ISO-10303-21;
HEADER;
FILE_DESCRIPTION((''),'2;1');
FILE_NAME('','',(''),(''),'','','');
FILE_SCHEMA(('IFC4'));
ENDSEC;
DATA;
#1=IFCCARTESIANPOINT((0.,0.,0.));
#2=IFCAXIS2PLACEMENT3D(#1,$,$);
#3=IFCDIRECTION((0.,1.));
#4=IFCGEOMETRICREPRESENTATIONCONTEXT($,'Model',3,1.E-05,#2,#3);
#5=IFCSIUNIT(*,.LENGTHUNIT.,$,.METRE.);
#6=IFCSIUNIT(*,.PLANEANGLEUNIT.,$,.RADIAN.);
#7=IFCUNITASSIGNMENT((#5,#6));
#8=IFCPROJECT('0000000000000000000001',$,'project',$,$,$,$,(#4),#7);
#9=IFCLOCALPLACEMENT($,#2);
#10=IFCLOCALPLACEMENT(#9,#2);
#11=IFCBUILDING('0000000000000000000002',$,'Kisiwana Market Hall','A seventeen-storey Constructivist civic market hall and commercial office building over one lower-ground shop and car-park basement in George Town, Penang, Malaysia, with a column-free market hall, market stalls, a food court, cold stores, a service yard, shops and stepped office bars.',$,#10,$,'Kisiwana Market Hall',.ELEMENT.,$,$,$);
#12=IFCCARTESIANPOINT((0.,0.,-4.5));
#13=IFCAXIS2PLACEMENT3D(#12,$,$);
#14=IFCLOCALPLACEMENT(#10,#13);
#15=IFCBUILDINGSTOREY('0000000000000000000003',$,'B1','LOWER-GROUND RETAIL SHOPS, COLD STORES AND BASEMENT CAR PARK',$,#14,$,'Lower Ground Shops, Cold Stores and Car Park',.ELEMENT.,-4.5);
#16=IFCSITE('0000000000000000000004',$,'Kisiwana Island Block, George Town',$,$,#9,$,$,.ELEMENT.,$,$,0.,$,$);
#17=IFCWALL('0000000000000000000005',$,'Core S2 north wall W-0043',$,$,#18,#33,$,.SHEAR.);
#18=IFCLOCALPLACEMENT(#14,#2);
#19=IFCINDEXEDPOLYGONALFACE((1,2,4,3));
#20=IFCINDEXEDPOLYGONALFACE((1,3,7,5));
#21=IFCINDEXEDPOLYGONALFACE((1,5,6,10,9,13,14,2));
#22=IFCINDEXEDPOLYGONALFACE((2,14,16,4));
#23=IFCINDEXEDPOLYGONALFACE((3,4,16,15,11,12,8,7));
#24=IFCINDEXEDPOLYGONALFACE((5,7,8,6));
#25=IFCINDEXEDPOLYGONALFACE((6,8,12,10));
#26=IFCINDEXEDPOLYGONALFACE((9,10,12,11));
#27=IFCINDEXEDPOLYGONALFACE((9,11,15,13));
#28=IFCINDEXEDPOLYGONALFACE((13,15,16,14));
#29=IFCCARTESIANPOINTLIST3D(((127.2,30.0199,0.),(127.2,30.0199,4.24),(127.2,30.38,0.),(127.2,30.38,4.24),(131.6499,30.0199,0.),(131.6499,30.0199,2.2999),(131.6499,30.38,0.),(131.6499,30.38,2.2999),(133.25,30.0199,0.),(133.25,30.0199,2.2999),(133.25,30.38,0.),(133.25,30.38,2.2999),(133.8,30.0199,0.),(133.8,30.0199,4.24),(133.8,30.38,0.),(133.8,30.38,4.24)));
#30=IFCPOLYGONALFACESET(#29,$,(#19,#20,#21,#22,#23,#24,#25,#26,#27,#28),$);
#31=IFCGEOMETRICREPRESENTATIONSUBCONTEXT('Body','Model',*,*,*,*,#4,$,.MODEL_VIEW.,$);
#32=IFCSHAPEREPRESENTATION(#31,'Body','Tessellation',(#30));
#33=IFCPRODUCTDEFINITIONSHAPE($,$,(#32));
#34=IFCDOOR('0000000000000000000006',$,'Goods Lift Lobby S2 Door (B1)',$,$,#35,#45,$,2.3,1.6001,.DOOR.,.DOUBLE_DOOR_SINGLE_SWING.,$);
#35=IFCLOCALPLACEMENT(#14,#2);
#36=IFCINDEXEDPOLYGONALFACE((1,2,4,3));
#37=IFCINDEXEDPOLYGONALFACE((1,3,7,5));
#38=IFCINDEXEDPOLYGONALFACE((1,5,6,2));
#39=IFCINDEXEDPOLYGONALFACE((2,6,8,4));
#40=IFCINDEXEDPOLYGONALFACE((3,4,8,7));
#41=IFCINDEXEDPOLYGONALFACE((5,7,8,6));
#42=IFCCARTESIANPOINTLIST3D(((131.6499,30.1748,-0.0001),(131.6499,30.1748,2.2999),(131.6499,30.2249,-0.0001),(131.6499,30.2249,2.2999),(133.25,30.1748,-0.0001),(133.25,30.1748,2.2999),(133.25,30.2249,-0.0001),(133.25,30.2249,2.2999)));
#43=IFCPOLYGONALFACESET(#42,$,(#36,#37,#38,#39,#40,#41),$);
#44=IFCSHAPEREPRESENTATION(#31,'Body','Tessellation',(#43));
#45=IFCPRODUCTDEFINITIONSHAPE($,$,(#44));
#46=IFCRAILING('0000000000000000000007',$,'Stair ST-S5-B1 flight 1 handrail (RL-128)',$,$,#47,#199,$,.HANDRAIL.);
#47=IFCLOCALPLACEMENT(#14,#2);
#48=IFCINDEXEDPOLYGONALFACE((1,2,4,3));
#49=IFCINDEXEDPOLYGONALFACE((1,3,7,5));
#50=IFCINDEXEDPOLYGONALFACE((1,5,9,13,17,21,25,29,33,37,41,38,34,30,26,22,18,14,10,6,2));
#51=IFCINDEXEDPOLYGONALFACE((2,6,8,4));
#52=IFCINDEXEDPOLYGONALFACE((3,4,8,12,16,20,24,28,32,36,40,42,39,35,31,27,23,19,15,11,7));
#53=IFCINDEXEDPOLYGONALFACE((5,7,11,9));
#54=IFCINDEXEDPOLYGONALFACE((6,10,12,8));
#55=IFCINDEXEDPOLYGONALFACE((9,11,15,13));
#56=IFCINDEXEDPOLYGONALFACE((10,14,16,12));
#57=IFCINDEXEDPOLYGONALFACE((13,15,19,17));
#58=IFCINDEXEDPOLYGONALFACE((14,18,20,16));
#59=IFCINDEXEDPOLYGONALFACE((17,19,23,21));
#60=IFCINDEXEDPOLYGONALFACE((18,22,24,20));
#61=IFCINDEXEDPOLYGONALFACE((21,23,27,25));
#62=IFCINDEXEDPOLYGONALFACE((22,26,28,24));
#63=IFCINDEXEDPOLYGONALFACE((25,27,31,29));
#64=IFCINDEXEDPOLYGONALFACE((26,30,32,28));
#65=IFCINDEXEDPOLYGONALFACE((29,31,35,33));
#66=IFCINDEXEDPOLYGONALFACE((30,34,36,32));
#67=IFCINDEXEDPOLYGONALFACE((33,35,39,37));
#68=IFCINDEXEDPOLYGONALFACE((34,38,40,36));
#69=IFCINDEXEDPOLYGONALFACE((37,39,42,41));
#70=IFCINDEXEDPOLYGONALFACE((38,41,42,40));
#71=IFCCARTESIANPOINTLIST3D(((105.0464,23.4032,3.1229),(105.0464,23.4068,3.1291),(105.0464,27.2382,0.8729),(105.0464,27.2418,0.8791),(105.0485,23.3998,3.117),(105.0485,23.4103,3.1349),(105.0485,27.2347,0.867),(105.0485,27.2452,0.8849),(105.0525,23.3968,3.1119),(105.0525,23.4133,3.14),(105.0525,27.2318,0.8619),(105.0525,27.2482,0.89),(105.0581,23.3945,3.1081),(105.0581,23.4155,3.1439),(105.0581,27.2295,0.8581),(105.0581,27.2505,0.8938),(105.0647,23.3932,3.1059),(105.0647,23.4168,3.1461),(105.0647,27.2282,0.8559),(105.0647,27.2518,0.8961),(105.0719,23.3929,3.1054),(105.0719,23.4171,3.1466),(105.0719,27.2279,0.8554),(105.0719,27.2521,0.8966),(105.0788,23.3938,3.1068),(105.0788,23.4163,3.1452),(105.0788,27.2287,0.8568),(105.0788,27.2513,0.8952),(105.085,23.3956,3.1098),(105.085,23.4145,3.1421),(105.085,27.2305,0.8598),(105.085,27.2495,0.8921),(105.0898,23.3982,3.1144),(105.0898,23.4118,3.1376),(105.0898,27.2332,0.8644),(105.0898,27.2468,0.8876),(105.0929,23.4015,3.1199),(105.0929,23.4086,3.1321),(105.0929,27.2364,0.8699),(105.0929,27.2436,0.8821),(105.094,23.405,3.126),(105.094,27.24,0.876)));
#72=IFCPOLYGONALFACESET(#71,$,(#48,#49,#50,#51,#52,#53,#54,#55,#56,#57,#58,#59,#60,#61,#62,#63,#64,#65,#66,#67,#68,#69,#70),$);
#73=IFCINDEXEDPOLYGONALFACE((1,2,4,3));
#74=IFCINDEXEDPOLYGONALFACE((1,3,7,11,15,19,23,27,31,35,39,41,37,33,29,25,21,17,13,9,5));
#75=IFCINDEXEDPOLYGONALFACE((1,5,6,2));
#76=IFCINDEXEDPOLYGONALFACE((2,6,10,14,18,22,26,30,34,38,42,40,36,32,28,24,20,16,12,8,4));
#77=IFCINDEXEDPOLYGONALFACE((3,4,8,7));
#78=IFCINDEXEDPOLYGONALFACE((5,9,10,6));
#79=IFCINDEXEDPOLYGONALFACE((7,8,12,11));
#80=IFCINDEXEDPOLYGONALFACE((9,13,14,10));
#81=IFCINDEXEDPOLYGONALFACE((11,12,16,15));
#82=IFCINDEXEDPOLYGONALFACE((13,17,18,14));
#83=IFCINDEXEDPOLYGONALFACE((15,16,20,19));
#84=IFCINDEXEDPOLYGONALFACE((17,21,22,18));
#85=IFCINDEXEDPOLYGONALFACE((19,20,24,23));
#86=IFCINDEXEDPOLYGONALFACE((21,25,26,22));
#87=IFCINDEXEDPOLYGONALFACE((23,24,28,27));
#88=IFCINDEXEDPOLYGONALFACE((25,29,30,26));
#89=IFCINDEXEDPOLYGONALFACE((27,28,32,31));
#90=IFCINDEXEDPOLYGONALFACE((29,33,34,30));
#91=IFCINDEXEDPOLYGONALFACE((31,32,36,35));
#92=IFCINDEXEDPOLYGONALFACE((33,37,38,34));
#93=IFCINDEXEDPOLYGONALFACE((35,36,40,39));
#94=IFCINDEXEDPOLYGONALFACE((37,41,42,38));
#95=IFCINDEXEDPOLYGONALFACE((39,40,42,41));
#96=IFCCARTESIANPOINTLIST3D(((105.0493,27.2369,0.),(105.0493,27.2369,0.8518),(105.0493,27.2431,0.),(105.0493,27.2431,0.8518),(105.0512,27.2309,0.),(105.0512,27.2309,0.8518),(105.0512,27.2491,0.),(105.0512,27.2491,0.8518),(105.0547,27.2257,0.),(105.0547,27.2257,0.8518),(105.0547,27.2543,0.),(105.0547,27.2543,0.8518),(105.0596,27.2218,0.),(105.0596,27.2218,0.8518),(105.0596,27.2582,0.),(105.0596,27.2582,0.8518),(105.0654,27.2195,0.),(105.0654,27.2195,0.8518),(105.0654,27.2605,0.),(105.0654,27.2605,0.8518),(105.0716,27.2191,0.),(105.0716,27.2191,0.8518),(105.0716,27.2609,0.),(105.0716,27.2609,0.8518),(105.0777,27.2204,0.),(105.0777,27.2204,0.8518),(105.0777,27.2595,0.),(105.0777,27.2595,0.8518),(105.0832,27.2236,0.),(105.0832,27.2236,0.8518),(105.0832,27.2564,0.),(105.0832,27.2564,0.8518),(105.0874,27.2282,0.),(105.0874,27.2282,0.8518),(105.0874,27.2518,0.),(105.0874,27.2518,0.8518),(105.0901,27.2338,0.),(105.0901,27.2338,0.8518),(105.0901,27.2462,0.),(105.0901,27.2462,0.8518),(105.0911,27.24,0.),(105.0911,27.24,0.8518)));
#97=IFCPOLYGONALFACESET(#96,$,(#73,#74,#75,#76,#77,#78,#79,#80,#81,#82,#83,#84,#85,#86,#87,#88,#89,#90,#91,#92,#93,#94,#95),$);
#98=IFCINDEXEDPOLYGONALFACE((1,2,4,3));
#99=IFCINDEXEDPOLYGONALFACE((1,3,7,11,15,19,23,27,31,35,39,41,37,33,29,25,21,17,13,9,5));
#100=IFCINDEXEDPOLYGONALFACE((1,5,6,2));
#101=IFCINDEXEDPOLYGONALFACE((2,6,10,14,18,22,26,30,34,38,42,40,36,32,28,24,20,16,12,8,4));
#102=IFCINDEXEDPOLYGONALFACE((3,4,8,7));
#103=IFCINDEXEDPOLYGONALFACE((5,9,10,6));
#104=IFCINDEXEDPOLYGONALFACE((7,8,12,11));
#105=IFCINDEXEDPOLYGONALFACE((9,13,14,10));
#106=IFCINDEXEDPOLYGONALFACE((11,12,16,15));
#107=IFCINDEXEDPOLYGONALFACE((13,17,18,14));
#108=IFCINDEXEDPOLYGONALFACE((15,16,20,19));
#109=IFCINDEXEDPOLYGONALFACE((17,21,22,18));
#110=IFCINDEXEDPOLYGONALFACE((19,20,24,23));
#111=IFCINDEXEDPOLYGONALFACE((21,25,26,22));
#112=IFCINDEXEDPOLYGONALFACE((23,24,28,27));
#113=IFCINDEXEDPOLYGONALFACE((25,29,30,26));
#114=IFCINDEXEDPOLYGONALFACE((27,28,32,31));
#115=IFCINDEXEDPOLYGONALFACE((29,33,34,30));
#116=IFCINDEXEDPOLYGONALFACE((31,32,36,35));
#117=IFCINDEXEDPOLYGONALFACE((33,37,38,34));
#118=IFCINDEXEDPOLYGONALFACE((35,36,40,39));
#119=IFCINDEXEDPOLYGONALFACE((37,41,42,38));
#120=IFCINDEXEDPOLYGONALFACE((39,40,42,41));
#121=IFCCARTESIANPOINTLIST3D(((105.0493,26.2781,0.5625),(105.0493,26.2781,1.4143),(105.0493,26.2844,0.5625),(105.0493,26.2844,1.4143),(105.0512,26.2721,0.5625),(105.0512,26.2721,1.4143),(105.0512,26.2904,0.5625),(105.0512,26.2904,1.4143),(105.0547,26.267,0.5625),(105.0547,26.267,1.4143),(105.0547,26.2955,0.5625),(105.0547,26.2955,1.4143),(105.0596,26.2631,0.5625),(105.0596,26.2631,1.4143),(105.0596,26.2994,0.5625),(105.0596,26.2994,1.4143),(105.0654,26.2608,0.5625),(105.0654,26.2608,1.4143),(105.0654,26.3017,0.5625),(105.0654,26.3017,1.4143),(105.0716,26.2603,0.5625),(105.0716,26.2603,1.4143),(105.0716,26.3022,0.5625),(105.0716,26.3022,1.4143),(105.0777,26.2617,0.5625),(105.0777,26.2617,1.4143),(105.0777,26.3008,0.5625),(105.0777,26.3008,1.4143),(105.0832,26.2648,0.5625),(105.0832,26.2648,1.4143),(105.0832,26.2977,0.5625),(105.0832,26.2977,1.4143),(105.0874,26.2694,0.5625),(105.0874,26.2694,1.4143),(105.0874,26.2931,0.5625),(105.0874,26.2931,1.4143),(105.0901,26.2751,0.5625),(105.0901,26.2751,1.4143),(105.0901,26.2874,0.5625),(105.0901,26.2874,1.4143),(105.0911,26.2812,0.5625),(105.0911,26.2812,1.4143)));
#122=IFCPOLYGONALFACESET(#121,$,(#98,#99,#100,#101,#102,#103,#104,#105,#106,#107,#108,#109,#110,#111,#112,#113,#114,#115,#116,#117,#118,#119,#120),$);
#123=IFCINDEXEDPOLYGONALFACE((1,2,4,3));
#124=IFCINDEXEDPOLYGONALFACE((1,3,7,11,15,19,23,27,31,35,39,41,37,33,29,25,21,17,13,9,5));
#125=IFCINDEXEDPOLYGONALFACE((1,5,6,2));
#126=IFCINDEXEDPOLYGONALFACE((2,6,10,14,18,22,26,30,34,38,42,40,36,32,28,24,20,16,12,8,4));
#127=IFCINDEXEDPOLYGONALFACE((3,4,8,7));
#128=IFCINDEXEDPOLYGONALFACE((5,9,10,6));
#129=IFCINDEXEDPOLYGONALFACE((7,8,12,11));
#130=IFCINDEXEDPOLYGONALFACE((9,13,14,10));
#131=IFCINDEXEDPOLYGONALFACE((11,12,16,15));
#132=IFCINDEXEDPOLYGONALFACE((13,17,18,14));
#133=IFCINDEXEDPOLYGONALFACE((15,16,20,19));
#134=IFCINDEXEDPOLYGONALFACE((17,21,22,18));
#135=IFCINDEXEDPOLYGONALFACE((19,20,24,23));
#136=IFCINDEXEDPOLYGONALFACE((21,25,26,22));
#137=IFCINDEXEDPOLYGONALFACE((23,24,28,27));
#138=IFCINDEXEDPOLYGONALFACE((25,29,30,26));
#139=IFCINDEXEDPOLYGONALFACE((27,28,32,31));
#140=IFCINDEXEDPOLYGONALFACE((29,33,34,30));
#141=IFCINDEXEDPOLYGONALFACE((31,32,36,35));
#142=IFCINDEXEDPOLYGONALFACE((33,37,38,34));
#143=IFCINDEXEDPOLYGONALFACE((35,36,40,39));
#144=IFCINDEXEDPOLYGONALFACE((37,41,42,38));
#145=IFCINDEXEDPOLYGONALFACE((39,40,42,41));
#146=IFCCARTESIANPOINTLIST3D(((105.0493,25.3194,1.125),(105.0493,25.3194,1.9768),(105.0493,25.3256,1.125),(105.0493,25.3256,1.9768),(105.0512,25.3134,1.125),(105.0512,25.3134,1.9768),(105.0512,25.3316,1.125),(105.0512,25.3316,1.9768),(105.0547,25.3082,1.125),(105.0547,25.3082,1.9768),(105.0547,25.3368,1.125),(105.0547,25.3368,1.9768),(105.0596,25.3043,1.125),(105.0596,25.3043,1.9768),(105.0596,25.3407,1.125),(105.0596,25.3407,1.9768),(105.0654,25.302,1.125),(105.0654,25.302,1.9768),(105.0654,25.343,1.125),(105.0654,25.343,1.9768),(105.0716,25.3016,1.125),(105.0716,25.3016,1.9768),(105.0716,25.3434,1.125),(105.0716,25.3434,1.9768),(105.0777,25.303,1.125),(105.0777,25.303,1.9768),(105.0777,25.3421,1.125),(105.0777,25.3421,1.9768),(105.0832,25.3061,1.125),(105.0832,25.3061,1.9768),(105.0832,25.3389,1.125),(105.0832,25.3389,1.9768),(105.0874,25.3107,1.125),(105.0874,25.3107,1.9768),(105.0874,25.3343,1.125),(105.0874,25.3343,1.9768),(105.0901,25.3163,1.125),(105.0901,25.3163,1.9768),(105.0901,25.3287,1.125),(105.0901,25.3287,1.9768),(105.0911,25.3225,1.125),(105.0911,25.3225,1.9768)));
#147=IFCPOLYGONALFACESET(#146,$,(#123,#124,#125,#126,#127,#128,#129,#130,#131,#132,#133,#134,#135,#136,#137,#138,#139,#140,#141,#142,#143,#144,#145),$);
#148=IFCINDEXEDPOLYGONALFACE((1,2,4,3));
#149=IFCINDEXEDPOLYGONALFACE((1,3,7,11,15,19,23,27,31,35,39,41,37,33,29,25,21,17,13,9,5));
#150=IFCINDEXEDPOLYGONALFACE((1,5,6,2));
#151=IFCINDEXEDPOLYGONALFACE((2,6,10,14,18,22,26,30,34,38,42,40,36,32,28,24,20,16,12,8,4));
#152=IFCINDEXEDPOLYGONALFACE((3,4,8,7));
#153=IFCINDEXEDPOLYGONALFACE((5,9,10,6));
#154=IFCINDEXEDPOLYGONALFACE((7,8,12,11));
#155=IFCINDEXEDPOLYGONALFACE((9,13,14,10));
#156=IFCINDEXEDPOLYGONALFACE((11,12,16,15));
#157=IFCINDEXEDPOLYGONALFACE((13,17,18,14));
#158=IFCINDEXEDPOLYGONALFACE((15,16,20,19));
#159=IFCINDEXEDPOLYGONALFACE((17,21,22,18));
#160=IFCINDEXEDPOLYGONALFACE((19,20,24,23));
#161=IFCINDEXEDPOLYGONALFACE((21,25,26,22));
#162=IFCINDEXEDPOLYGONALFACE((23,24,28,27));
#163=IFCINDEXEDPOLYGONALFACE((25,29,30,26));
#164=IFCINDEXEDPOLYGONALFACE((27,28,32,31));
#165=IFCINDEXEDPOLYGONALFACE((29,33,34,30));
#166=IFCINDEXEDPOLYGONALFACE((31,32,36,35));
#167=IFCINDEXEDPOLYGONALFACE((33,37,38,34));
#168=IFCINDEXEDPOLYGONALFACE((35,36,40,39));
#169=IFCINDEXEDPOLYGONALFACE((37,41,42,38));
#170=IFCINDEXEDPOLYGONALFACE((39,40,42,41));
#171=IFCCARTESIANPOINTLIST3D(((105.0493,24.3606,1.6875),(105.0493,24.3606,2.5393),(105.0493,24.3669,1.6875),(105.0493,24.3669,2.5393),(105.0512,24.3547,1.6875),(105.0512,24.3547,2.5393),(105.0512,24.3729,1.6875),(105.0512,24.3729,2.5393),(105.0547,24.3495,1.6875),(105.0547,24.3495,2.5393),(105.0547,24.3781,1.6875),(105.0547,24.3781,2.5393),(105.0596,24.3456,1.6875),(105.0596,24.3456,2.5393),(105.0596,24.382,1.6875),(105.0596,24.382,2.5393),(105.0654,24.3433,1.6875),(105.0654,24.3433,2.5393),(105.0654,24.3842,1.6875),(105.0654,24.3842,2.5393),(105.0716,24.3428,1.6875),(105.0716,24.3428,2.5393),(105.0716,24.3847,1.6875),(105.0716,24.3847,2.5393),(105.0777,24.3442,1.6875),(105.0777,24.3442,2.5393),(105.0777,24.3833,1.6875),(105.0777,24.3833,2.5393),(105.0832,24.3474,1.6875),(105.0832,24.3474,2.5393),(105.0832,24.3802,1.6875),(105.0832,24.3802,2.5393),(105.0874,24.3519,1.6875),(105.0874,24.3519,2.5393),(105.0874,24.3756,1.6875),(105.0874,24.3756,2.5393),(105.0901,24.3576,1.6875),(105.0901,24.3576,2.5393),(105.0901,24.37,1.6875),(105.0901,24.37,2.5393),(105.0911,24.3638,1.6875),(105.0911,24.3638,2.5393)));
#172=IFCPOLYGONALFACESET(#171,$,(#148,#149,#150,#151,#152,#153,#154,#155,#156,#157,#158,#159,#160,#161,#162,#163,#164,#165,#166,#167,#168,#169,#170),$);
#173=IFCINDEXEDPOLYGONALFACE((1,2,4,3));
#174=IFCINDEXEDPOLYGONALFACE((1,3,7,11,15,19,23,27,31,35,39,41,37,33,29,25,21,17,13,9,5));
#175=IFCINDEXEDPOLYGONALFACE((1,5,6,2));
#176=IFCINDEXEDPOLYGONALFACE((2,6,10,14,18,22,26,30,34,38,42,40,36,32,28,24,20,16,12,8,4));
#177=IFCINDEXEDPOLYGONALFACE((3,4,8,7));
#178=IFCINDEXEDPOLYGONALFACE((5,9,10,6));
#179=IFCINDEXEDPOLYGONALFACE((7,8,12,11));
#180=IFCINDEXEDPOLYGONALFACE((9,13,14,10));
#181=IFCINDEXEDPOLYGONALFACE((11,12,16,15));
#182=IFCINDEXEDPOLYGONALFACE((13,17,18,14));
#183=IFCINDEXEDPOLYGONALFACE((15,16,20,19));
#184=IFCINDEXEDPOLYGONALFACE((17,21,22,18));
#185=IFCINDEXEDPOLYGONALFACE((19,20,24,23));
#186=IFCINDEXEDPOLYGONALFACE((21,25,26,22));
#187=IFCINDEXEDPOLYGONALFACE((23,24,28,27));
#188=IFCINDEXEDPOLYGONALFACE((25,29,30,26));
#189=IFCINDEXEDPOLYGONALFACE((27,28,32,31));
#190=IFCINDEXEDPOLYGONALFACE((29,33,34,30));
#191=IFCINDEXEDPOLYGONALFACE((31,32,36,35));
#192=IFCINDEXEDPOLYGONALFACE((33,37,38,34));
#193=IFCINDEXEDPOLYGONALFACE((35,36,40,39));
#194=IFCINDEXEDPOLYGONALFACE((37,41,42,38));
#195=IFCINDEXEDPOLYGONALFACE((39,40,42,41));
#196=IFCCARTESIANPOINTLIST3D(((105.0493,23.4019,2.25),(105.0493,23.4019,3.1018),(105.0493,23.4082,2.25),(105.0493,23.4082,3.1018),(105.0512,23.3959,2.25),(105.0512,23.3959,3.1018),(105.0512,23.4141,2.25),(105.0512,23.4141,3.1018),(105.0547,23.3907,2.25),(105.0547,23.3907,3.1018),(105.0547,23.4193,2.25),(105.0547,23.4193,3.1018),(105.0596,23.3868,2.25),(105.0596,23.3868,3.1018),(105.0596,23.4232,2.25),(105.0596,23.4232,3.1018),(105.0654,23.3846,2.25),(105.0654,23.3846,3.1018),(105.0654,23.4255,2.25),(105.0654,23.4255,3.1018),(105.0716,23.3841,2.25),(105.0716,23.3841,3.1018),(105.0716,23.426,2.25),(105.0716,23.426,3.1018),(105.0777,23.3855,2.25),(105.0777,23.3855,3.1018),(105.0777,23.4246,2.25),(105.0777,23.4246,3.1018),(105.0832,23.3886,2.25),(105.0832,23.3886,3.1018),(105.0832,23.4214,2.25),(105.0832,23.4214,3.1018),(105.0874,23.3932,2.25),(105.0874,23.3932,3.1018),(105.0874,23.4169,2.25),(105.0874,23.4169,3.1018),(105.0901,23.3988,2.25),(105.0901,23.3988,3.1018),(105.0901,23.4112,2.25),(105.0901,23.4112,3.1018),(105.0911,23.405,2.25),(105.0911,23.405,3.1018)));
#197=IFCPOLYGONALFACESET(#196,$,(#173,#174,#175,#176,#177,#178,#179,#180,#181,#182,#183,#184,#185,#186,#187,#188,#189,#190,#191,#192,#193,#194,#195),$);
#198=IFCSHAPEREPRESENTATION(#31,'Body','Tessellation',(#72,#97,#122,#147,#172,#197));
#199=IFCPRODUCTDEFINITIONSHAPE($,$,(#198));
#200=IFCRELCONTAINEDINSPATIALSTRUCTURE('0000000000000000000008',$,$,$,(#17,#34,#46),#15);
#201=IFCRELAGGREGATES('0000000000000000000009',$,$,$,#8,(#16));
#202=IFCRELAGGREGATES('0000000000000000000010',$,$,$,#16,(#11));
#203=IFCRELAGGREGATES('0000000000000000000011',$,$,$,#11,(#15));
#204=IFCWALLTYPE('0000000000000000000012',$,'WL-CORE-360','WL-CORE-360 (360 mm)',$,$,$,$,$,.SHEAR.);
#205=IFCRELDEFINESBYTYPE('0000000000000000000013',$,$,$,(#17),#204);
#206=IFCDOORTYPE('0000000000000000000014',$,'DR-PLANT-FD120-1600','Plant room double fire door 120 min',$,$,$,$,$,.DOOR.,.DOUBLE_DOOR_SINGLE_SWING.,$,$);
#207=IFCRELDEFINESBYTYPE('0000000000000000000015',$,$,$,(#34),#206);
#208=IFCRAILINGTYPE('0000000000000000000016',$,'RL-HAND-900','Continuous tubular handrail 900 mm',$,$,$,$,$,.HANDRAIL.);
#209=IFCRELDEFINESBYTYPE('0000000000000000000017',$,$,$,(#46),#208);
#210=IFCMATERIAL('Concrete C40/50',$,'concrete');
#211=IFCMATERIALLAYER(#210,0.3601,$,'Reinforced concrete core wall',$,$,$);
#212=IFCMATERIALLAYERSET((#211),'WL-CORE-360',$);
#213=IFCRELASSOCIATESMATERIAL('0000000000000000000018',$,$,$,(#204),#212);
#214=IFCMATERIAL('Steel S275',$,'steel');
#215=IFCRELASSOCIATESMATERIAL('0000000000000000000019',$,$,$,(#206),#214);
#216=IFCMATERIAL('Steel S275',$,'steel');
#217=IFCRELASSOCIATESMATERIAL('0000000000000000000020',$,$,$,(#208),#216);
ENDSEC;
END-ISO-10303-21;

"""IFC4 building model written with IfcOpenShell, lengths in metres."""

from ifc_helpers import new_model, si_unit, direction, frame, frame_2d, origin, origin_2d, place, context, subcontext, project, spatial, rectangle, circle, extrude, material, layer, layer_set, type_object, element, fill, save


model = new_model("IFC4")

# Units and contexts
model_context = context("Model", 3, precision=1e-05, world=origin(), true_north=direction((0.0, 1.0)))
body_context = subcontext(model_context, "Body", "Model", "MODEL_VIEW")
ifc_project = project(units=[si_unit("LENGTHUNIT", "METRE"), si_unit("PLANEANGLEUNIT", "RADIAN")], contexts=[model_context])

# Site, building, storey
site_placement = place(None, origin())
site = spatial("IfcSite", under=ifc_project, at=site_placement, Name="Kisiwana Island Block, George Town", CompositionType="ELEMENT", RefElevation=0.0)
building_placement = place(site_placement, origin())
building = spatial("IfcBuilding", under=site, at=building_placement, Name="Kisiwana Market Hall", Description="A seventeen-storey Constructivist civic market hall and commercial office building over one lower-ground shop and car-park basement in George Town, Penang, Malaysia, with a column-free market hall, market stalls, a food court, cold stores, a service yard, shops and stepped office bars.", LongName="Kisiwana Market Hall", CompositionType="ELEMENT")
storey_placement = place(building_placement, frame((0.0, 0.0, -4.5)))
storey = spatial("IfcBuildingStorey", under=building, at=storey_placement, Name="B1", Description="LOWER-GROUND RETAIL SHOPS, COLD STORES AND BASEMENT CAR PARK", LongName="Lower Ground Shops, Cold Stores and Car Park", CompositionType="ELEMENT", Elevation=-4.5)

# Wall, opening, door
ifc_material_1 = material(Name="Concrete C40/50", Category="concrete")
ifc_layer_1 = layer(ifc_material_1, 0.3601, Name="Reinforced concrete core wall")
ifc_layer_set_1 = layer_set([ifc_layer_1], Name="WL-CORE-360")
wall_type_1 = type_object("IfcWallType", Name="WL-CORE-360", Description="WL-CORE-360 (360 mm)", PredefinedType="SHEAR", material=ifc_layer_set_1)
wall_1_placement = place(storey_placement, frame((127.2, 30.2, 0.0), z_axis=(0.0, 0.0, 1.0), x_axis=(1.0, 0.0, 0.0)))
wall_1 = element("IfcWall", 1, at=wall_1_placement, inside=storey, type_object=wall_type_1, Name="Core S2 north wall W-0043", PredefinedType="SHEAR", context=body_context, shape_type="SweptSolid", body=[
    extrude(rectangle(XDim=6.6001, YDim=0.3601, at=frame_2d((3.3, 0.0))), origin(), (0.0, 0.0, 1.0), 4.24),
])
opening_1_placement = place(wall_1_placement, frame((4.45, 0.0, 0.0)))
opening_1 = element("IfcOpeningElement", 2, at=opening_1_placement, cuts=wall_1, PredefinedType="OPENING", context=body_context, shape_type="SweptSolid", body=[
    extrude(rectangle(XDim=1.6001, YDim=2.3, at=frame_2d((0.8, 1.1499))), frame((0.0, 0.1919, 0.0), z_axis=(0.0, -1.0, 0.0), x_axis=(1.0, 0.0, 0.0)), (0.0, 0.0, 1.0), 0.384),
])
ifc_material_2 = material(Name="Steel S275", Category="steel")
door_type_1 = type_object("IfcDoorType", Name="DR-PLANT-FD120-1600", Description="Plant room double fire door 120 min", OperationType="DOUBLE_DOOR_SINGLE_SWING", PredefinedType="DOOR", material=ifc_material_2)
door_1_placement = place(opening_1_placement, origin())
door_1 = element("IfcDoor", 3, at=door_1_placement, inside=storey, type_object=door_type_1, Name="Goods Lift Lobby S2 Door (B1)", OperationType="DOUBLE_DOOR_SINGLE_SWING", OverallHeight=2.3, OverallWidth=1.6001, PredefinedType="DOOR", context=body_context, shape_type="SweptSolid", body=[
    extrude(rectangle(XDim=1.6001, YDim=2.3, at=frame_2d((0.8, 1.1499))), frame((0.0, 0.0249, 0.0), z_axis=(0.0, -1.0, 0.0), x_axis=(1.0, 0.0, 0.0)), (0.0, 0.0, 1.0), 0.05),
])
fill(opening_1, door_1)

# Railing
ifc_material_3 = material(Name="Steel S275", Category="steel")
railing_type_1 = type_object("IfcRailingType", Name="RL-HAND-900", Description="Continuous tubular handrail 900 mm", PredefinedType="HANDRAIL", material=ifc_material_3)
for number, where, name in (
    (4, (105.0701, 27.24, 0.0), "Stair ST-S5-B1 flight 1 handrail (RL-128)"),
):
    element("IfcRailing", number, at=place(storey_placement, frame(where)), inside=storey, type_object=railing_type_1, Name=name, PredefinedType="HANDRAIL", context=body_context, shape_type="SweptSolid", body=[
        extrude(circle(Radius=0.0239, at=origin_2d()), frame((0.0, 0.0, 0.876), z_axis=(0.0, -0.86251, 0.506041), x_axis=(1.0, 0.0, 0.0)), (0.0, 0.0, 1.0), 4.4463),
        extrude(circle(Radius=0.021, at=origin_2d()), origin(), (0.0, 0.0, 1.0), 0.8518),
        extrude(circle(Radius=0.021, at=origin_2d()), frame((0.0, -0.9587, 0.5625)), (0.0, 0.0, 1.0), 0.8518),
        extrude(circle(Radius=0.021, at=origin_2d()), frame((0.0, -1.9175, 1.125)), (0.0, 0.0, 1.0), 0.8518),
        extrude(circle(Radius=0.021, at=origin_2d()), frame((0.0, -2.8762, 1.6875)), (0.0, 0.0, 1.0), 0.8518),
        extrude(circle(Radius=0.021, at=origin_2d()), frame((0.0, -3.835, 2.25)), (0.0, 0.0, 1.0), 0.8518),
    ])

save(model, "model.ifc")
